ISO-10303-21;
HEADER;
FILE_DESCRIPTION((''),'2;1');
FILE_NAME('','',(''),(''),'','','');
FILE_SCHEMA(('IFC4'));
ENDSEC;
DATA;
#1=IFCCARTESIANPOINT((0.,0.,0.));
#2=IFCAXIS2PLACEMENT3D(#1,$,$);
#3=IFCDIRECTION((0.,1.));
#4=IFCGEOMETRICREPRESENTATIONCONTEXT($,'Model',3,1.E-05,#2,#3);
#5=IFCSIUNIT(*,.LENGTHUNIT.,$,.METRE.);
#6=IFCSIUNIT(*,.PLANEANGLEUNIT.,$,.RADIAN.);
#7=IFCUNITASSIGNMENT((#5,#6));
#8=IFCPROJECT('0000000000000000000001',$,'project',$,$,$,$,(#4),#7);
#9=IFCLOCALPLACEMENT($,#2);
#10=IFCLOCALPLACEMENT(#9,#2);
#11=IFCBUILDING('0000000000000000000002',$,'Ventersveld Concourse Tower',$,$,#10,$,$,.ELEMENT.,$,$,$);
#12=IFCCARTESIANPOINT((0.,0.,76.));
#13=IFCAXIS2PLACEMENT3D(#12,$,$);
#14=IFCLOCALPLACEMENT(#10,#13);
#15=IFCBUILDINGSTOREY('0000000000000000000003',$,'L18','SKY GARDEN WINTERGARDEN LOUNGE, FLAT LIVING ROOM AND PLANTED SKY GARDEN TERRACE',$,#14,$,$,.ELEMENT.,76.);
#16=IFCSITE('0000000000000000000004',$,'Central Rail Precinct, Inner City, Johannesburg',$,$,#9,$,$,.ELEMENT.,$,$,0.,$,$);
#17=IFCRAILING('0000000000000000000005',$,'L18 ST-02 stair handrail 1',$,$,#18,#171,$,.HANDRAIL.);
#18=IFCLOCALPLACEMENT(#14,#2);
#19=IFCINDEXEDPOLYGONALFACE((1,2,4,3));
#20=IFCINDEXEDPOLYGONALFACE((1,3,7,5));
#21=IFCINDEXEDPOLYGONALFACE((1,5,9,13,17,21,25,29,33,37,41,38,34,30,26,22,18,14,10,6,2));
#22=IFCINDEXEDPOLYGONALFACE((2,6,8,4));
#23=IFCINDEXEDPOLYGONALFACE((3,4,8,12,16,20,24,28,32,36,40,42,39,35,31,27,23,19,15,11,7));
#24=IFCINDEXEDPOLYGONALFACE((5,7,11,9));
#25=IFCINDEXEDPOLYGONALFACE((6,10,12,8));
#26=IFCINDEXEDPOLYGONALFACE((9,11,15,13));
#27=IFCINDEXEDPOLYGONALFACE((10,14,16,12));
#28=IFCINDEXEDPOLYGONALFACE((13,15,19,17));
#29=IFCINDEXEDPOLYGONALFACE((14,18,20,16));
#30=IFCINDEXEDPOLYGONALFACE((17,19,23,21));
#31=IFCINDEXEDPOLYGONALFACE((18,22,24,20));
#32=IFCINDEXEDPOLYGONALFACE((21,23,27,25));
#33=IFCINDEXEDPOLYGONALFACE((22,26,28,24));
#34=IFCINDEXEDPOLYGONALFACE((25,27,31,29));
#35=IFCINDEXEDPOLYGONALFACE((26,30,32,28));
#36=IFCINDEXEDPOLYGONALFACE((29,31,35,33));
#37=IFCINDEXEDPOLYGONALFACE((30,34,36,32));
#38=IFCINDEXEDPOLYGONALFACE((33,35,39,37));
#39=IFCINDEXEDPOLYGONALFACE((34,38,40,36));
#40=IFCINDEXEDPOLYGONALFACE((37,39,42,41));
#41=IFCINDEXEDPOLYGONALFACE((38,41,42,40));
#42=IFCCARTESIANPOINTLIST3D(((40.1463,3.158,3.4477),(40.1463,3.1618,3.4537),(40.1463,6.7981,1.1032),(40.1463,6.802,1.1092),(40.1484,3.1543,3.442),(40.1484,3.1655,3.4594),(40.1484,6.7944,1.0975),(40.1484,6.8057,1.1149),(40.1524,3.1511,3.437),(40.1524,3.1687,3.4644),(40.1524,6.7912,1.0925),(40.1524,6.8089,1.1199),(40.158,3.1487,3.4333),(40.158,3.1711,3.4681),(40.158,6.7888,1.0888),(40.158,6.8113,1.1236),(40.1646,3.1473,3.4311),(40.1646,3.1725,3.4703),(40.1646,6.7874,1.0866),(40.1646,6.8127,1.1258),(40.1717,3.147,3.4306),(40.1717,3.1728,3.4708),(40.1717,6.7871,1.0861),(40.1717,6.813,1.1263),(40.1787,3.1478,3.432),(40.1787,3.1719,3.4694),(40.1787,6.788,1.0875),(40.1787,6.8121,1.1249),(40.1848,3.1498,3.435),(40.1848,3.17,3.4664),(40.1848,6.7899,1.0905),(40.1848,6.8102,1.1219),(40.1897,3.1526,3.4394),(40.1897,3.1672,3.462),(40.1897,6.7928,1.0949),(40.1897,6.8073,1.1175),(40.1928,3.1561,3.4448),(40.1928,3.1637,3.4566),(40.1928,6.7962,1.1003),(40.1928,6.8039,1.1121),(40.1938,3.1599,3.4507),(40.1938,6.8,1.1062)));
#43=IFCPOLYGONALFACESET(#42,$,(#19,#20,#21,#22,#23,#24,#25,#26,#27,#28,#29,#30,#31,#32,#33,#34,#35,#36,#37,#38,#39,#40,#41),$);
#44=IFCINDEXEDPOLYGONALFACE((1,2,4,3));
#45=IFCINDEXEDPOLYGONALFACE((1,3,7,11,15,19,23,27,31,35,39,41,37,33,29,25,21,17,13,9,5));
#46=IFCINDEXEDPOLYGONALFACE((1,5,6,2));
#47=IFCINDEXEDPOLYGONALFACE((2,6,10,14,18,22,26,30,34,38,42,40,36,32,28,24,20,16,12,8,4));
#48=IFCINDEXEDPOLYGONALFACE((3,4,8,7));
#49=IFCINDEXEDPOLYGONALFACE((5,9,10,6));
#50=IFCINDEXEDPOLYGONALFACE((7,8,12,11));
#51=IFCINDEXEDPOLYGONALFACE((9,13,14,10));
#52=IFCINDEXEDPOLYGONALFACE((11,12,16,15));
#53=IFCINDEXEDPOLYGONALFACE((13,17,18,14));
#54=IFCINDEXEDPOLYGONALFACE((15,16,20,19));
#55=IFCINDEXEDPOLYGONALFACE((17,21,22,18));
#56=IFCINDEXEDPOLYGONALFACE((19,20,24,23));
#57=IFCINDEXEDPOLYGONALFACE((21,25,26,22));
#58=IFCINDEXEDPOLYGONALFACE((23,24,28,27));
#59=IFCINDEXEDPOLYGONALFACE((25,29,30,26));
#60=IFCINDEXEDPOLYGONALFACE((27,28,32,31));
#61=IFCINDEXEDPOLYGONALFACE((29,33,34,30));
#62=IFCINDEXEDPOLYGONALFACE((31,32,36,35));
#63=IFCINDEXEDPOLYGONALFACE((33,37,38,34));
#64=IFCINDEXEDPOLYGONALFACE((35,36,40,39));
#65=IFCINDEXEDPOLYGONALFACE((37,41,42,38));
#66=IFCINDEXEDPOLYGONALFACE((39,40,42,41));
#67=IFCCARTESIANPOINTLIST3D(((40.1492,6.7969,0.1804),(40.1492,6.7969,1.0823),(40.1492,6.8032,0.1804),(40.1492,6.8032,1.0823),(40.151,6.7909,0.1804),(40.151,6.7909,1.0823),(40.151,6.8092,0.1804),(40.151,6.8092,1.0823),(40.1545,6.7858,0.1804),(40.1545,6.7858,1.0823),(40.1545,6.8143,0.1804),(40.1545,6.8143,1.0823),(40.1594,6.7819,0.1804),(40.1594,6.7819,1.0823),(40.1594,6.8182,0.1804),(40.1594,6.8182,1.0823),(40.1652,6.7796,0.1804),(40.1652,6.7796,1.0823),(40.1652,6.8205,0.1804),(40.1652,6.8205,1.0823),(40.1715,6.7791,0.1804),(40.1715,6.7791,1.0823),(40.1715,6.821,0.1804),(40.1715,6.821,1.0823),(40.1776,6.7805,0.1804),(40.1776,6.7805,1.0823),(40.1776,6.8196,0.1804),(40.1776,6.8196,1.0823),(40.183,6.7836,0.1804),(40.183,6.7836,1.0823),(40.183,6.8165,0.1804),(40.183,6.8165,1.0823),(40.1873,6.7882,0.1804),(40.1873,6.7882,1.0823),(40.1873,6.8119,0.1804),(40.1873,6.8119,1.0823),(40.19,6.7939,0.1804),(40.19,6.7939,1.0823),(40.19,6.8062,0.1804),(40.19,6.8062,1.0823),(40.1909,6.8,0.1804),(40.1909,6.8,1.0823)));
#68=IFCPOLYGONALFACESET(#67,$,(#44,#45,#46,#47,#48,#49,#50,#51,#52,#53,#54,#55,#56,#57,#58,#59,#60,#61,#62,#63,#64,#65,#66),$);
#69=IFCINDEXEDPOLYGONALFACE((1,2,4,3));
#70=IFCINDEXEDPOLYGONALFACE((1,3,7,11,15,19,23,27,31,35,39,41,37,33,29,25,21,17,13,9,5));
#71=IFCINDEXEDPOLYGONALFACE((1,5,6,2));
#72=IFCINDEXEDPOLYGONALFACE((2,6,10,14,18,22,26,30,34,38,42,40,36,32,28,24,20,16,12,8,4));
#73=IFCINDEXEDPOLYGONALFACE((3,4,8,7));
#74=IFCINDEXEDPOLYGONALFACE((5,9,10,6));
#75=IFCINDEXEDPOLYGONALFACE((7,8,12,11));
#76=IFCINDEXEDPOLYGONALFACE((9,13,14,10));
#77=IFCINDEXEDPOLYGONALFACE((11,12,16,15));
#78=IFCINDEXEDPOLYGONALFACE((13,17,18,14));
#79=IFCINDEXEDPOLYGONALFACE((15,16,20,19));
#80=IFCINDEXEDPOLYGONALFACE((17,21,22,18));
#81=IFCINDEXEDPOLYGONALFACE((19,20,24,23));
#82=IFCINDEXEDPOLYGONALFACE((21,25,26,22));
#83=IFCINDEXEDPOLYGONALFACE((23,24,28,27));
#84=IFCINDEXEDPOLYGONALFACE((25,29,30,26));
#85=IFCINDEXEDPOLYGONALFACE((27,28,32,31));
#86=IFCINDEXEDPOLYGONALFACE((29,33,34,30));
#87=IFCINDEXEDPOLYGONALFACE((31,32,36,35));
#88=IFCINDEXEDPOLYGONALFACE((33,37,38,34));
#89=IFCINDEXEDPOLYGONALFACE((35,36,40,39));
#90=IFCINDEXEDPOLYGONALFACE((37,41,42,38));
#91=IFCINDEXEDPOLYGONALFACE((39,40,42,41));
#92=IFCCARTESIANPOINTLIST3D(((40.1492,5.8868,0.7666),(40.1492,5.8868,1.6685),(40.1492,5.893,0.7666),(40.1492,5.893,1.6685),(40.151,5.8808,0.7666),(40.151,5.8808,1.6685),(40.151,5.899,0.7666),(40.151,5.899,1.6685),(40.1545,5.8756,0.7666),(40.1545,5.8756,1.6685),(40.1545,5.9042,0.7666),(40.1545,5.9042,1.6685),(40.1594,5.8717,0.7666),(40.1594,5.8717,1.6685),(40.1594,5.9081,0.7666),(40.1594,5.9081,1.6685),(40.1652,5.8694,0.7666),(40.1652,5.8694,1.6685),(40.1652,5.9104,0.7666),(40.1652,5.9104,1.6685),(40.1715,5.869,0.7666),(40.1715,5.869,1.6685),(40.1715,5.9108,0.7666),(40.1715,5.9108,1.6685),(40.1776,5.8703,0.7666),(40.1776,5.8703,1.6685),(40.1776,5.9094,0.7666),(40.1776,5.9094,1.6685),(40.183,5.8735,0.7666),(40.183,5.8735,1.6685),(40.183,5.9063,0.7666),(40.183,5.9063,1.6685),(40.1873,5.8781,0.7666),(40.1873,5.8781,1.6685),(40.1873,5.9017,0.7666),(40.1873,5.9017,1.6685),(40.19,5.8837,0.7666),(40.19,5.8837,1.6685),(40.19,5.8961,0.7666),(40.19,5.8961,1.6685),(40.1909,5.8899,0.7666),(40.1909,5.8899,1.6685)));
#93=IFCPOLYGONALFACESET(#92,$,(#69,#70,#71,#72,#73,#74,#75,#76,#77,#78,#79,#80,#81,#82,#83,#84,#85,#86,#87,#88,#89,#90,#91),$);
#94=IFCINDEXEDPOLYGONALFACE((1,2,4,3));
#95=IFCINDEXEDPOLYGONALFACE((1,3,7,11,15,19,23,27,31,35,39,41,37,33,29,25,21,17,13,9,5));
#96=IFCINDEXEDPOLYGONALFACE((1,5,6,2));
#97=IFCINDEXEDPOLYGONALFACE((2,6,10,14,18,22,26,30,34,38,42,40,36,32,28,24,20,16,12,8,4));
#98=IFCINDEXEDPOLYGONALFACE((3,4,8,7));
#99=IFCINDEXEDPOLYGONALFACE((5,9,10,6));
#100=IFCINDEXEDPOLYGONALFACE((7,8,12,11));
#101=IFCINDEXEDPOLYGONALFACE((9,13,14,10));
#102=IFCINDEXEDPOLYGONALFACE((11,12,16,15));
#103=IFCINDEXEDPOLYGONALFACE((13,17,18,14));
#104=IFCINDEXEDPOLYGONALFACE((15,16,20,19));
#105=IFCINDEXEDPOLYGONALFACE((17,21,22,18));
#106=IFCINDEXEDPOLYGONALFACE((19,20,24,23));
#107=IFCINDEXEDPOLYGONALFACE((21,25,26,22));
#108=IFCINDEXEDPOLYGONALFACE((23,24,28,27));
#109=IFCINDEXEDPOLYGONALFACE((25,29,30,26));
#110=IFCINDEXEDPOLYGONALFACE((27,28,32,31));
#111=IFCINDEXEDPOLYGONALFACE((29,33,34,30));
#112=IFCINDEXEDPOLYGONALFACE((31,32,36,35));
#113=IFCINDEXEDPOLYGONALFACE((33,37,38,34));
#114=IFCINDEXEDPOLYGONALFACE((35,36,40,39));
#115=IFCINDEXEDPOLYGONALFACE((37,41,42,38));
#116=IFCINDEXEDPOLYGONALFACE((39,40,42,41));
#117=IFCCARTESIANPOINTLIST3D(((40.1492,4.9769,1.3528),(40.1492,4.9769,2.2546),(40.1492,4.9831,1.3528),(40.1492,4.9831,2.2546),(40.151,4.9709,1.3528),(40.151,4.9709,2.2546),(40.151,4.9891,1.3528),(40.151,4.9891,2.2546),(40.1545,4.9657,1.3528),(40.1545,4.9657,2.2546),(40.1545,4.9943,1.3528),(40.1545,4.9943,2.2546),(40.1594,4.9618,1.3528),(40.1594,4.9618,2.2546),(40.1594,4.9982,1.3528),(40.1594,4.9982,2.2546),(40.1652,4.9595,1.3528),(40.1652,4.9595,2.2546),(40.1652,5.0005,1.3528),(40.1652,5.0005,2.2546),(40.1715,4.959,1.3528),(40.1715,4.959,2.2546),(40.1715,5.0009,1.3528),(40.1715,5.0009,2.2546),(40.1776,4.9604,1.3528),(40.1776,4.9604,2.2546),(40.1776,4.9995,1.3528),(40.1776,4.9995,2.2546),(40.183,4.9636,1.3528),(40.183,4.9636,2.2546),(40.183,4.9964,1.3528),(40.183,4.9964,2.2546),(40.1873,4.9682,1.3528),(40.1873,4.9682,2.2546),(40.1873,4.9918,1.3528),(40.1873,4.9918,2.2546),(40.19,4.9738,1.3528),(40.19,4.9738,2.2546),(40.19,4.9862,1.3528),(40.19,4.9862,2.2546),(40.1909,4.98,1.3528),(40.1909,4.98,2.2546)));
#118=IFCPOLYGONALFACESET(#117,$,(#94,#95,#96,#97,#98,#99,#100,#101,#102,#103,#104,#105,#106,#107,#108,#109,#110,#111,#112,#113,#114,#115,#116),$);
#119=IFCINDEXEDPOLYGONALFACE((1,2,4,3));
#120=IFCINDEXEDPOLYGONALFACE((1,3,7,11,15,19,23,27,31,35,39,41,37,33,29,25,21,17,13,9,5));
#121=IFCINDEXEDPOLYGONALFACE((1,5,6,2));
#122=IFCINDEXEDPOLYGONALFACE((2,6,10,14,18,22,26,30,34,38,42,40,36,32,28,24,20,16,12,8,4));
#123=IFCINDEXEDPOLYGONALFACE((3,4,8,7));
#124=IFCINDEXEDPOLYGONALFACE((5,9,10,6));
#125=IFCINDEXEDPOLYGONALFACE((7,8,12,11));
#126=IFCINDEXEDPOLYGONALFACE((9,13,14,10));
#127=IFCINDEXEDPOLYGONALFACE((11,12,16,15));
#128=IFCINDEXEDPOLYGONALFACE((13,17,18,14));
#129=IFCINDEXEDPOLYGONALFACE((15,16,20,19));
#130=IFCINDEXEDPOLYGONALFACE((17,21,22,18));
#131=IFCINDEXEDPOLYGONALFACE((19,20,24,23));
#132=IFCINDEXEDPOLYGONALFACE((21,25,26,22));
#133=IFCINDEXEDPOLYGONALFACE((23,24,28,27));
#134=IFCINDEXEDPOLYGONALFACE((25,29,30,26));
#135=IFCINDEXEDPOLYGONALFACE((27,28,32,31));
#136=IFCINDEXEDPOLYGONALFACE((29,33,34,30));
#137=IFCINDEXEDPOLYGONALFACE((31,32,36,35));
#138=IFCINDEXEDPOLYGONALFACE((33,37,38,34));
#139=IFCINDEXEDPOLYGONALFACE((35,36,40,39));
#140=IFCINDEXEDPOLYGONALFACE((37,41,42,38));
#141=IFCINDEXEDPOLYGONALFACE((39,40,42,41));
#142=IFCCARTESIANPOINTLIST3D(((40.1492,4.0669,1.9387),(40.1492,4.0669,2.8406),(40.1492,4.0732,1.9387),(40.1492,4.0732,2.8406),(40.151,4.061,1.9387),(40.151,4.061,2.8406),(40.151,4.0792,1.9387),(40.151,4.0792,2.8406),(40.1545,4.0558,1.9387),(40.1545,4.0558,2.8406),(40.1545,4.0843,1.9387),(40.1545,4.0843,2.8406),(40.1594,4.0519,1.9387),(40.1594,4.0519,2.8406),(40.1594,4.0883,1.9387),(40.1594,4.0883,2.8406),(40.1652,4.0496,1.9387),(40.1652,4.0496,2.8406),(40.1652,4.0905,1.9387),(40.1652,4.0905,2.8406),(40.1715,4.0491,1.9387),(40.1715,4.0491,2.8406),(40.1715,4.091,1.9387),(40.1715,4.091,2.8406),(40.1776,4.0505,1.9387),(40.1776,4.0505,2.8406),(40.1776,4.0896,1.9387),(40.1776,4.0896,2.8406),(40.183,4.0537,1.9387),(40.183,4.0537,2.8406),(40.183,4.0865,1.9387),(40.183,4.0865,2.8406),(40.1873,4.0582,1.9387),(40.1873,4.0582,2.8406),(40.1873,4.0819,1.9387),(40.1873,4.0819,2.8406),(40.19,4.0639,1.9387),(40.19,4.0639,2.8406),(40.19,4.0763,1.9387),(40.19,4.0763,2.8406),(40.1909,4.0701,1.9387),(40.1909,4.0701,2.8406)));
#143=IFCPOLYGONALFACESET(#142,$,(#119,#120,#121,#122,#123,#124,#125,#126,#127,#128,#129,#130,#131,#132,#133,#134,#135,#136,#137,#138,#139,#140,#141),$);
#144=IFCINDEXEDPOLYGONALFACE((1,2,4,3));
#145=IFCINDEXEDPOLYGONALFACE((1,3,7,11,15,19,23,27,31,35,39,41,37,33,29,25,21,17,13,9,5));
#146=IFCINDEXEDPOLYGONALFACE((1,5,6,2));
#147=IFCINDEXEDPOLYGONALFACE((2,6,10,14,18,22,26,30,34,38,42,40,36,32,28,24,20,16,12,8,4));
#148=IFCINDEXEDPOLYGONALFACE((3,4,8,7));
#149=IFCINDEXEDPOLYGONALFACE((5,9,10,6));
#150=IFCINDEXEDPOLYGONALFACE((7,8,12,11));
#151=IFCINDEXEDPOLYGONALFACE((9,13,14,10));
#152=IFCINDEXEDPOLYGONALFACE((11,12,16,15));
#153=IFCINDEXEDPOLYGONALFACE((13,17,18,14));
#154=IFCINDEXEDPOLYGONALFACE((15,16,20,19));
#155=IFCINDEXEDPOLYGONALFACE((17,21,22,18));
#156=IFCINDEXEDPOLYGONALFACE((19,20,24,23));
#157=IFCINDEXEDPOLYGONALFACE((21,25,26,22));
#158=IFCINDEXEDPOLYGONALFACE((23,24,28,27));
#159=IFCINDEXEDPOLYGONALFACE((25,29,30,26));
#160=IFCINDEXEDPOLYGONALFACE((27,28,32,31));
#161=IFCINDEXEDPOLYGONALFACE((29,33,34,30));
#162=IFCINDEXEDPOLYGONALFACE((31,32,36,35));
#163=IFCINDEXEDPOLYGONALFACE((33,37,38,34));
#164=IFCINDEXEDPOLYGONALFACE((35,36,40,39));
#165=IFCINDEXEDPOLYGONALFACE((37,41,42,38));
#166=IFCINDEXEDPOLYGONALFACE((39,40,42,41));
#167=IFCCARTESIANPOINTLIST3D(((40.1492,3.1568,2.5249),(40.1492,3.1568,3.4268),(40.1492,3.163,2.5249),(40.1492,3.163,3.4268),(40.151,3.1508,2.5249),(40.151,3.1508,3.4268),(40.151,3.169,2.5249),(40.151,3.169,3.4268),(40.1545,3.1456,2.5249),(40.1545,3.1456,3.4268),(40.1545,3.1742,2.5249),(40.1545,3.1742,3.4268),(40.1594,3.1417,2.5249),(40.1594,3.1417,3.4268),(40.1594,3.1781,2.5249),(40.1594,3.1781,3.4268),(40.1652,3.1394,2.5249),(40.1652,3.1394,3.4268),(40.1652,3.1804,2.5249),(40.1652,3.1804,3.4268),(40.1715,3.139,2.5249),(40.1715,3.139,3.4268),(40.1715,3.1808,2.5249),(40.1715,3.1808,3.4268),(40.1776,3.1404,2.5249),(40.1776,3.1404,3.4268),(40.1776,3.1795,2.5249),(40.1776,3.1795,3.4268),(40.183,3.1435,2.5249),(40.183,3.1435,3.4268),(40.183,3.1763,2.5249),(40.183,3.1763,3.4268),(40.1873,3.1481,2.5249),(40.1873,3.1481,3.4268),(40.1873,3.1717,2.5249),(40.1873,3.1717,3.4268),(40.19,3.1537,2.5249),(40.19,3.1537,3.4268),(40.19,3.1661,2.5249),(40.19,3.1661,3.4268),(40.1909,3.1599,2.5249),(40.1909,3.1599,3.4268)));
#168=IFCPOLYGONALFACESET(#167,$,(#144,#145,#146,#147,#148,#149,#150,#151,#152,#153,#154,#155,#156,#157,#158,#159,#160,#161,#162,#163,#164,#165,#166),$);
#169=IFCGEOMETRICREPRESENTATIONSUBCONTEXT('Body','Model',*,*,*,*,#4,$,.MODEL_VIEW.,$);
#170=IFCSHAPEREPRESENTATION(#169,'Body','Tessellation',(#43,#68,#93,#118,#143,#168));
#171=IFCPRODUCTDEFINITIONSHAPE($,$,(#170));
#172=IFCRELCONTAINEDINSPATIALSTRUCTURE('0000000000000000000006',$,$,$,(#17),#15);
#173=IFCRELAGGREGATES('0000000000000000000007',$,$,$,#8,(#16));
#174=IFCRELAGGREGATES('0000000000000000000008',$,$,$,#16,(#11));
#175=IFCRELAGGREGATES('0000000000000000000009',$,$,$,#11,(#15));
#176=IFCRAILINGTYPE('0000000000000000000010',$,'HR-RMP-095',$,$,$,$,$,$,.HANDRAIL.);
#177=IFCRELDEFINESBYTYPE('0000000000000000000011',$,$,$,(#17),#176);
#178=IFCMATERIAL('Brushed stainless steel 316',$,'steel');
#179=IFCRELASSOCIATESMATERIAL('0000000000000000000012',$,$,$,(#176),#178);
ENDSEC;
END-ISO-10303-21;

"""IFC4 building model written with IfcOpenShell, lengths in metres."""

from ifc_helpers import new_model, si_unit, direction, frame, origin, origin_2d, place, context, subcontext, project, spatial, circle, extrude, material, type_object, element, save


model = new_model("IFC4")

# Units and contexts
model_context = context("Model", 3, precision=1e-05, world=origin(), true_north=direction((0.0, 1.0)))
body_context = subcontext(model_context, "Body", "Model", "MODEL_VIEW")
ifc_project = project(units=[si_unit("LENGTHUNIT", "METRE"), si_unit("PLANEANGLEUNIT", "RADIAN")], contexts=[model_context])

# Site, building, storey
site_placement = place(None, origin())
site = spatial("IfcSite", under=ifc_project, at=site_placement, Name="Central Rail Precinct, Inner City, Johannesburg", CompositionType="ELEMENT", RefElevation=0.0)
building_placement = place(site_placement, origin())
building = spatial("IfcBuilding", under=site, at=building_placement, Name="Ventersveld Concourse Tower", CompositionType="ELEMENT")
storey_placement = place(building_placement, frame((0.0, 0.0, 76.0)))
storey = spatial("IfcBuildingStorey", under=building, at=storey_placement, Name="L18", Description="SKY GARDEN WINTERGARDEN LOUNGE, FLAT LIVING ROOM AND PLANTED SKY GARDEN TERRACE", CompositionType="ELEMENT", Elevation=76.0)

# Railing
ifc_material_1 = material(Name="Brushed stainless steel 316", Category="steel")
railing_type_1 = type_object("IfcRailingType", Name="HR-RMP-095", PredefinedType="HANDRAIL", material=ifc_material_1)
railing_1_placement = place(storey_placement, frame((40.1699, 6.8, 0.1804)))
element("IfcRailing", 1, at=railing_1_placement, inside=storey, type_object=railing_type_1, Name="L18 ST-02 stair handrail 1", PredefinedType="HANDRAIL", context=body_context, shape_type="SweptSolid", body=[
    extrude(circle(Radius=0.0239, at=origin_2d()), frame((0.0, 0.0, 0.9258), z_axis=(0.0, -0.840716, 0.541476), x_axis=(1.0, 0.0, 0.0)), (0.0, 0.0, 1.0), 4.3298),
    extrude(circle(Radius=0.021, at=origin_2d()), origin(), (0.0, 0.0, 1.0), 0.9019),
    extrude(circle(Radius=0.021, at=origin_2d()), frame((0.0, -0.9102, 0.5862)), (0.0, 0.0, 1.0), 0.9019),
    extrude(circle(Radius=0.021, at=origin_2d()), frame((0.0, -1.8201, 1.1724)), (0.0, 0.0, 1.0), 0.9019),
    extrude(circle(Radius=0.021, at=origin_2d()), frame((0.0, -2.73, 1.7583)), (0.0, 0.0, 1.0), 0.9019),
    extrude(circle(Radius=0.021, at=origin_2d()), frame((0.0, -3.6401, 2.3445)), (0.0, 0.0, 1.0), 0.9019),
])

save(model, "model.ifc")
